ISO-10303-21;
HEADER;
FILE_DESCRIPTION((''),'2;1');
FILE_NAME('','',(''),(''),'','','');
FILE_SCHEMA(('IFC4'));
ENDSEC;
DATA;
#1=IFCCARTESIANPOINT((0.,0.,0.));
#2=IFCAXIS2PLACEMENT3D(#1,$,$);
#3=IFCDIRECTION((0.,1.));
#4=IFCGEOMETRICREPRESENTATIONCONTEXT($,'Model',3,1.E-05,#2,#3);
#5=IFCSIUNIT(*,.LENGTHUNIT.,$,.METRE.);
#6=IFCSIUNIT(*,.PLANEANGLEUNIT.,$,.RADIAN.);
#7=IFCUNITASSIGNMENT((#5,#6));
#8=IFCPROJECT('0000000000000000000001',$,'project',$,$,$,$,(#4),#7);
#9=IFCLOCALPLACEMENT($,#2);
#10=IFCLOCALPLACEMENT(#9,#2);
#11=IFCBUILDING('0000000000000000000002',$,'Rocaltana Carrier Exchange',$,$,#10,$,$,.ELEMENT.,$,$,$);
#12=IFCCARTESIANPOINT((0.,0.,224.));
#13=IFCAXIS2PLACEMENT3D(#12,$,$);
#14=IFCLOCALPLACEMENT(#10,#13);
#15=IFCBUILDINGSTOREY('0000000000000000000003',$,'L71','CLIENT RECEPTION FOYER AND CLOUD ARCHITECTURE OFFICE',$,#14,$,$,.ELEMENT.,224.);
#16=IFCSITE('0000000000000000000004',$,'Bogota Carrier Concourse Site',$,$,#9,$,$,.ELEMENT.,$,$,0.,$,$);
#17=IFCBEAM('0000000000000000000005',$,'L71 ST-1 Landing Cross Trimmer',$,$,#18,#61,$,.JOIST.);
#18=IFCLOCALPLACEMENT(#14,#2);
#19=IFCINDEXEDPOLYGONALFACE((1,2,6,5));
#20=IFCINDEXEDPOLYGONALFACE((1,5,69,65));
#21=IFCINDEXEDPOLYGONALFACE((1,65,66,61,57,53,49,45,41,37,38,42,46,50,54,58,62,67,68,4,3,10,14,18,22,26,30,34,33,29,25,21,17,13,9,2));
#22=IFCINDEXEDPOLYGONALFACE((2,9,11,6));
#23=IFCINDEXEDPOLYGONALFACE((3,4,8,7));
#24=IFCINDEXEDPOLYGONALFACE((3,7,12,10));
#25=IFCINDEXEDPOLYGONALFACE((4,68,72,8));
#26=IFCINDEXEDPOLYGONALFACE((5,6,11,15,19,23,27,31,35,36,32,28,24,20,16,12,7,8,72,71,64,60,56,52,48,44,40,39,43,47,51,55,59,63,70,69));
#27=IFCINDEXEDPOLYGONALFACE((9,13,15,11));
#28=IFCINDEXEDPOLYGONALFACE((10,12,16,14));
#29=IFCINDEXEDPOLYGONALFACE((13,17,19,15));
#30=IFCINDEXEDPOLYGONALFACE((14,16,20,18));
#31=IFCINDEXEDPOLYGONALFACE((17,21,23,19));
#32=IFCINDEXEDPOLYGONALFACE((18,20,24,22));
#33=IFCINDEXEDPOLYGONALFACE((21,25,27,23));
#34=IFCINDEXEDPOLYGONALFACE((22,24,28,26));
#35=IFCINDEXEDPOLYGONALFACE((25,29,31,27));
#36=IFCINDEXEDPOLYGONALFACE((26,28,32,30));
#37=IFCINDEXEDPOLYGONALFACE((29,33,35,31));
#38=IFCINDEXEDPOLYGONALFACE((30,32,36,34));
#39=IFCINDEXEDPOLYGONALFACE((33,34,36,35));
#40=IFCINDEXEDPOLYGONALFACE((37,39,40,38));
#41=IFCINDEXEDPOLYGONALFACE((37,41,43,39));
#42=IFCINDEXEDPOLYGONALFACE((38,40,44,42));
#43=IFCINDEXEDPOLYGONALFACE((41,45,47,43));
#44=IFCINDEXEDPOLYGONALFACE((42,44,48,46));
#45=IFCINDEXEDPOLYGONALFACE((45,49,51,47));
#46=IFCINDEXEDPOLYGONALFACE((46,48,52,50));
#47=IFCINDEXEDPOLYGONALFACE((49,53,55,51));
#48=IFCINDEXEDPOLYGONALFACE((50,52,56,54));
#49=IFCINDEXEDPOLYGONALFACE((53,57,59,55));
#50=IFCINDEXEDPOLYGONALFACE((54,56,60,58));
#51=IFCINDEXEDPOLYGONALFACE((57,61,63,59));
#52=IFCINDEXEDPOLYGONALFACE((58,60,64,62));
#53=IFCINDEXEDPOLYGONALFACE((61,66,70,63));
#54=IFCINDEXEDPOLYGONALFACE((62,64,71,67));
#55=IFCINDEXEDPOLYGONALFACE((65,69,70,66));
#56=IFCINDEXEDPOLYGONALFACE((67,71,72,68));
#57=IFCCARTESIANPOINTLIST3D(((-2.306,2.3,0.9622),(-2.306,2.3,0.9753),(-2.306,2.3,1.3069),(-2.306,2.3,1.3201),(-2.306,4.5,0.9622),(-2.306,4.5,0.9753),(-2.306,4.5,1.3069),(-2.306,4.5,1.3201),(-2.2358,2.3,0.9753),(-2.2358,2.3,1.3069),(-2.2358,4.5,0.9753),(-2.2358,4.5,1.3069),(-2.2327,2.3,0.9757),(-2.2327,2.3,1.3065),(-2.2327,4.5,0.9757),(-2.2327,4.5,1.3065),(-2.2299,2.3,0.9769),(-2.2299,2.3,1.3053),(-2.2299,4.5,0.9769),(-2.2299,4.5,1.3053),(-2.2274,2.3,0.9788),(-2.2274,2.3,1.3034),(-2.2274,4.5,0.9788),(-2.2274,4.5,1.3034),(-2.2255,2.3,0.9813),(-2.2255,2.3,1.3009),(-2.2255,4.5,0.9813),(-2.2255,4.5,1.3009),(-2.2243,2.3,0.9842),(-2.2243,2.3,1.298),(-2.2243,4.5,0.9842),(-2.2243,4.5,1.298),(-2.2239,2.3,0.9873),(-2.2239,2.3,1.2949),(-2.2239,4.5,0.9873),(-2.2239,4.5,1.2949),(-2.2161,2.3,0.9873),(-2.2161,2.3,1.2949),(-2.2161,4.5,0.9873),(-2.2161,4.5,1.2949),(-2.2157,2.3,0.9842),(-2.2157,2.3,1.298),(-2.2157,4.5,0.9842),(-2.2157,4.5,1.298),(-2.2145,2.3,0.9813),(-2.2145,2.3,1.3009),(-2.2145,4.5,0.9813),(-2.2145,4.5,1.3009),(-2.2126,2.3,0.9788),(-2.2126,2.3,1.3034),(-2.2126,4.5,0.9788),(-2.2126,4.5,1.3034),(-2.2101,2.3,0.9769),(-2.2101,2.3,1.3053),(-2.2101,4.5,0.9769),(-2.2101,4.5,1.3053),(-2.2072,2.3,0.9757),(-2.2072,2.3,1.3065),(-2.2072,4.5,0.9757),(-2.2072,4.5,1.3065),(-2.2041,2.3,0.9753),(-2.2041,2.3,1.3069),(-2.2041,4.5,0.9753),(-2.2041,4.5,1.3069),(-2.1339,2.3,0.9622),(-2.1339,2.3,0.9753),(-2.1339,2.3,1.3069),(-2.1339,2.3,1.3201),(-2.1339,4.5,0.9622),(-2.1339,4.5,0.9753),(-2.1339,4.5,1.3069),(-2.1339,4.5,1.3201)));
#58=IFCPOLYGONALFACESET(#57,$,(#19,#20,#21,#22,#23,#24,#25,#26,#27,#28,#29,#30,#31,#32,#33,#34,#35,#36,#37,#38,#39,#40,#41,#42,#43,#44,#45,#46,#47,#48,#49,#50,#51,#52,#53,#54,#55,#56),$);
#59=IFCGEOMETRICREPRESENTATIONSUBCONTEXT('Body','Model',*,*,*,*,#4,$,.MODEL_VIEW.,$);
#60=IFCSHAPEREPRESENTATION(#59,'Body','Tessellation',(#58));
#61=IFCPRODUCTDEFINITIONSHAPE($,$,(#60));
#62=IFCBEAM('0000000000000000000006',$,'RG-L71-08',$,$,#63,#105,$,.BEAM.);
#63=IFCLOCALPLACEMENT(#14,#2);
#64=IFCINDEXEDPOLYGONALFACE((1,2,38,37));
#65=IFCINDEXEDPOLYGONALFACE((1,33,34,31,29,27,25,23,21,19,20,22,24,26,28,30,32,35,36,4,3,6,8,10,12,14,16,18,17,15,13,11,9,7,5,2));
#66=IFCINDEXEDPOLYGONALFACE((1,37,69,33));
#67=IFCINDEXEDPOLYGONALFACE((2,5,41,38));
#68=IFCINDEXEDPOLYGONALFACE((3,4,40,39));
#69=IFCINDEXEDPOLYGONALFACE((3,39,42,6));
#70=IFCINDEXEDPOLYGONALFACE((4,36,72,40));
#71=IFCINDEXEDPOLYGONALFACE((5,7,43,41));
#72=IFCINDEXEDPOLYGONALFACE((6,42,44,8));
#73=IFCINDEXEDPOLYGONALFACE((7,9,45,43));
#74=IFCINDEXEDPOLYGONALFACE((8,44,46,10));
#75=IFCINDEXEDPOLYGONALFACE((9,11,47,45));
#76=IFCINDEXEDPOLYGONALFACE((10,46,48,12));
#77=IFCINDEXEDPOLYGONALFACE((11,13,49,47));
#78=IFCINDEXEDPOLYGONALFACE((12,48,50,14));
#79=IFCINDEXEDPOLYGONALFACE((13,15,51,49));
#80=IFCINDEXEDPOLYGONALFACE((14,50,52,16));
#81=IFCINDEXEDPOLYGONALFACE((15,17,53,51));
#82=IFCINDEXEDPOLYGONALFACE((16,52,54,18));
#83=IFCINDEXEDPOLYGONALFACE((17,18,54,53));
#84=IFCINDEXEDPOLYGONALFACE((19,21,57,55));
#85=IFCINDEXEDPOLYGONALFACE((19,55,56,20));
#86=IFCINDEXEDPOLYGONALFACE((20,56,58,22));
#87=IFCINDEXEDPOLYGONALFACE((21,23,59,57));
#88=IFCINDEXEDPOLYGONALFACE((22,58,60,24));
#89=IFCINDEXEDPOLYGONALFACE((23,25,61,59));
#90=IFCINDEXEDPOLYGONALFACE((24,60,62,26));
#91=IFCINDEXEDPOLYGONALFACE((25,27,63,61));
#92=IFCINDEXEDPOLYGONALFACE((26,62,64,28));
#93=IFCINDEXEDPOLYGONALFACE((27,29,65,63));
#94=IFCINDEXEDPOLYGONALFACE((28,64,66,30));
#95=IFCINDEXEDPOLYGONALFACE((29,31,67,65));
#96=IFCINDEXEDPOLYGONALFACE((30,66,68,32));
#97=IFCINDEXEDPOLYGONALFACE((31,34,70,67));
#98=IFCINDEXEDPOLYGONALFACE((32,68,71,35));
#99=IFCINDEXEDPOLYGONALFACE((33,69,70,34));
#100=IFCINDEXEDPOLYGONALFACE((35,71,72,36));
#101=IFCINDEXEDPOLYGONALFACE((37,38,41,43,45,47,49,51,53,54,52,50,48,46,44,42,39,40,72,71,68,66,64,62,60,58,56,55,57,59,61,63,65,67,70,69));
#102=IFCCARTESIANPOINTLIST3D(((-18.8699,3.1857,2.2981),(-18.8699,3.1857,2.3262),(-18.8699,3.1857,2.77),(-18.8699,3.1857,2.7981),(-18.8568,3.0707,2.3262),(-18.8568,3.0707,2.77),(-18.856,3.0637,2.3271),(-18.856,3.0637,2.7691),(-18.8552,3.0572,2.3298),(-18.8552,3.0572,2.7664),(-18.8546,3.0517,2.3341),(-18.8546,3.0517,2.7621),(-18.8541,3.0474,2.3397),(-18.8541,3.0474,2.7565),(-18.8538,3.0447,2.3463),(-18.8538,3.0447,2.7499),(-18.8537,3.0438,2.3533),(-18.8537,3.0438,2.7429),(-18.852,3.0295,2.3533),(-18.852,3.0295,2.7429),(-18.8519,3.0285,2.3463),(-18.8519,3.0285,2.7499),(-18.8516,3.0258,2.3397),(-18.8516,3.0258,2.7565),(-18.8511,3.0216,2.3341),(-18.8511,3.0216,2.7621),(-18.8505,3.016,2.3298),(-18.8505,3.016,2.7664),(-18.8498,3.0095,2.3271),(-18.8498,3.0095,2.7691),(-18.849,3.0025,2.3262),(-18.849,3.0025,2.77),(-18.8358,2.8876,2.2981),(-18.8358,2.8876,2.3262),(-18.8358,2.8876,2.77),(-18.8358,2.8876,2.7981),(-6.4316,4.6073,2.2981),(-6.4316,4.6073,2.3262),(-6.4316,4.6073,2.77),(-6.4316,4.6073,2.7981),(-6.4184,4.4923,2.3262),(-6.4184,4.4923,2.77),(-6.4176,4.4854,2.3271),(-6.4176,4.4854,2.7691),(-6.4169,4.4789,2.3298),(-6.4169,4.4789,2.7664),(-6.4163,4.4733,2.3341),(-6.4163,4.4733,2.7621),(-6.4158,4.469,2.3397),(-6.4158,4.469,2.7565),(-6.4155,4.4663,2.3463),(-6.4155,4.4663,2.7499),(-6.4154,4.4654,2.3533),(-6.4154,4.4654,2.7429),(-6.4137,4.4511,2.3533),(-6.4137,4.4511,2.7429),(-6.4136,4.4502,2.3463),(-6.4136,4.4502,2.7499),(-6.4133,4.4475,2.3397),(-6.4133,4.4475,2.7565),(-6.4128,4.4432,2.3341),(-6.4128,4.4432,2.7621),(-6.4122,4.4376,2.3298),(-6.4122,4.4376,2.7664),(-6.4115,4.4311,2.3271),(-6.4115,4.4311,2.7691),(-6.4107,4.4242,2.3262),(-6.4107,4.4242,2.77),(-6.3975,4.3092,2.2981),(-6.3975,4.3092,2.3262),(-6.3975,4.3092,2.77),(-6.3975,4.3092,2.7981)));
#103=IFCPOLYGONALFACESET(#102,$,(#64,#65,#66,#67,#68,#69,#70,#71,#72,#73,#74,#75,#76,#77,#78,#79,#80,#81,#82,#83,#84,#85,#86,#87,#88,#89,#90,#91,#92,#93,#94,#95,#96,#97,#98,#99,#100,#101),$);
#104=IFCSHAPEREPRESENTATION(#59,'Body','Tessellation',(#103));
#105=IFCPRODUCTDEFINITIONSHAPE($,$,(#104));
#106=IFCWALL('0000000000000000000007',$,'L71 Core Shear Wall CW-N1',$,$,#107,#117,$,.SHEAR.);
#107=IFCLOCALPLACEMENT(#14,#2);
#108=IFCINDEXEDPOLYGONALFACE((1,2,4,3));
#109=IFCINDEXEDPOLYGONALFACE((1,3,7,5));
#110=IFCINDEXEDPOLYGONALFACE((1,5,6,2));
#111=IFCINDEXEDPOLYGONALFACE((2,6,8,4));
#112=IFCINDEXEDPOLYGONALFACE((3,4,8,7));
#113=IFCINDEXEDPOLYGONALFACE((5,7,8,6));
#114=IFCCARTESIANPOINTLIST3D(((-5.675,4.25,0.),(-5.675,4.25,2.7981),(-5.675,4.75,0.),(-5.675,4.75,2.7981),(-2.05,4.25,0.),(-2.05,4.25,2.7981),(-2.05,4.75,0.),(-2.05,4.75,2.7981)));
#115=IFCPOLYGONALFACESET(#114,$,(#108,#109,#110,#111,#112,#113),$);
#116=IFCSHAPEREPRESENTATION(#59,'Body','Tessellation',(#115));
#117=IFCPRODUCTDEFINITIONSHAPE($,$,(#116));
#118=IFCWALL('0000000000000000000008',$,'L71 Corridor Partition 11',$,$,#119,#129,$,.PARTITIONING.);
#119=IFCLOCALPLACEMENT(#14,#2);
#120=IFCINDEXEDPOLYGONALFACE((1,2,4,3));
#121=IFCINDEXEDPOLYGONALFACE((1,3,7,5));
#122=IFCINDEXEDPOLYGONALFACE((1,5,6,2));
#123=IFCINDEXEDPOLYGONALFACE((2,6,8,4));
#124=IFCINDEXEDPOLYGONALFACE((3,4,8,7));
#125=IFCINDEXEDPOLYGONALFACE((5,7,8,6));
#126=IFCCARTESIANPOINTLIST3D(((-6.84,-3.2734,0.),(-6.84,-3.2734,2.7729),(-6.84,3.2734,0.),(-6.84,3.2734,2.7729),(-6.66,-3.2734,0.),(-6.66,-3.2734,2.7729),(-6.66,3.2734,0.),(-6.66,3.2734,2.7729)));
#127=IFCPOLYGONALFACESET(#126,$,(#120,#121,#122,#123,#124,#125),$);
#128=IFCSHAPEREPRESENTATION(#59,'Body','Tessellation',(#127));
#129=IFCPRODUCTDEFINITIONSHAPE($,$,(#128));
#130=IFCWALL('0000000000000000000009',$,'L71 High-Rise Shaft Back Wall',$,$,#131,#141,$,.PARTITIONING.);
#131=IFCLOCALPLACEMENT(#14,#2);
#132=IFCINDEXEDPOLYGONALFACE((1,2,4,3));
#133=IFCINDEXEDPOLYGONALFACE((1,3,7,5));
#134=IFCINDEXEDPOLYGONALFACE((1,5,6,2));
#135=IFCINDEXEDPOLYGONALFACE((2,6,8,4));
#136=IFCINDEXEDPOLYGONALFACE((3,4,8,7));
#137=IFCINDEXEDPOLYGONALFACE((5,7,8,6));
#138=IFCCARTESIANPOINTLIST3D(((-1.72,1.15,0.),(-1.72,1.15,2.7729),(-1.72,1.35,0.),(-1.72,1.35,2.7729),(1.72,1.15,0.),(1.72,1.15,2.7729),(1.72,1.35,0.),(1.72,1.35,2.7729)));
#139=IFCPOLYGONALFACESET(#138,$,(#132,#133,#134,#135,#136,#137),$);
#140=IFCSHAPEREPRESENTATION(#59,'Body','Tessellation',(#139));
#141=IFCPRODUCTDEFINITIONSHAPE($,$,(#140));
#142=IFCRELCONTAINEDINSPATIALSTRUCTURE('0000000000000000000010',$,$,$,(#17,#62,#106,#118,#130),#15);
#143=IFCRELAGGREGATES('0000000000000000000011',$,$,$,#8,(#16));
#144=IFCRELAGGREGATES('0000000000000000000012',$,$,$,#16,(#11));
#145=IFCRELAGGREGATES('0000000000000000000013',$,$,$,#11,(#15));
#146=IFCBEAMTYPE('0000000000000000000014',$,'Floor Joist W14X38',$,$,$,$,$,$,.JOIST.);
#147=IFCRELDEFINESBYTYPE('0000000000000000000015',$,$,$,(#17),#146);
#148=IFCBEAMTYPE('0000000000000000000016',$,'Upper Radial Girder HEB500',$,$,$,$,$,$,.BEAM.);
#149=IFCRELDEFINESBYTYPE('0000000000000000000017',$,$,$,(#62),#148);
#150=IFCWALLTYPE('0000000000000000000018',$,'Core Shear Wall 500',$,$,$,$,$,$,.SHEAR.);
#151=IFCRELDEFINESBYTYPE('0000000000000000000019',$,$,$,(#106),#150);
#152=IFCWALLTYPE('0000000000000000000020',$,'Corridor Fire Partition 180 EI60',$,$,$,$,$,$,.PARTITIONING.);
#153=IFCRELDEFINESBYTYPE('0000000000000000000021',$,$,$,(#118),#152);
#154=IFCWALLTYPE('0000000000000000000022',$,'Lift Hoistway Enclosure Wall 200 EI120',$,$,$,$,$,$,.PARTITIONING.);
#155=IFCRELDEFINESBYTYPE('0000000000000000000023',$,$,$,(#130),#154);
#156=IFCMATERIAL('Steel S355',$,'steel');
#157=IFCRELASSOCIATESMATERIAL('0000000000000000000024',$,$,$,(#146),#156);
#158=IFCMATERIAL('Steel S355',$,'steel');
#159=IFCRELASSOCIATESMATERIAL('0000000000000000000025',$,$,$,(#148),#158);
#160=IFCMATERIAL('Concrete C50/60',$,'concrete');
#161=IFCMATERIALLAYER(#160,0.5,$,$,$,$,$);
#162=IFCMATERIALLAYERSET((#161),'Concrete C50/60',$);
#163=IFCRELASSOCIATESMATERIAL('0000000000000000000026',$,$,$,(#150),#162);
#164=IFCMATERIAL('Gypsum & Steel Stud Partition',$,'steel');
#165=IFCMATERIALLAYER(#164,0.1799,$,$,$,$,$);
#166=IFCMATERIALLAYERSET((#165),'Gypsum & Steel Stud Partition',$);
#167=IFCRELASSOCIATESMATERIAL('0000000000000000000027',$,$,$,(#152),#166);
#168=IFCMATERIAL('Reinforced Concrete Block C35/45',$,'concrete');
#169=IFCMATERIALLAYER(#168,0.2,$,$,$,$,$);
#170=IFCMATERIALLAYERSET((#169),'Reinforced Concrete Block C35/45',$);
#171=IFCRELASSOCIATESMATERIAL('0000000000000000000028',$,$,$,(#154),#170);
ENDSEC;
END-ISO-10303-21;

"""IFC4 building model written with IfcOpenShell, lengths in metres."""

from ifc_helpers import new_model, si_unit, direction, frame, frame_2d, origin, origin_2d, place, context, subcontext, project, spatial, rectangle, i_section, extrude, material, layer, layer_set, material_profile, profile_set, type_object, element, save


model = new_model("IFC4")

# Units and contexts
model_context = context("Model", 3, precision=1e-05, world=origin(), true_north=direction((0.0, 1.0)))
body_context = subcontext(model_context, "Body", "Model", "MODEL_VIEW")
ifc_project = project(units=[si_unit("LENGTHUNIT", "METRE"), si_unit("PLANEANGLEUNIT", "RADIAN")], contexts=[model_context])

# Site, building, storey
site_placement = place(None, origin())
site = spatial("IfcSite", under=ifc_project, at=site_placement, Name="Bogota Carrier Concourse Site", CompositionType="ELEMENT", RefElevation=0.0)
building_placement = place(site_placement, origin())
building = spatial("IfcBuilding", under=site, at=building_placement, Name="Rocaltana Carrier Exchange", CompositionType="ELEMENT")
storey_placement = place(building_placement, frame((0.0, 0.0, 224.0)))
storey = spatial("IfcBuildingStorey", under=building, at=storey_placement, Name="L71", Description="CLIENT RECEPTION FOYER AND CLOUD ARCHITECTURE OFFICE", CompositionType="ELEMENT", Elevation=224.0)

# Beams
ifc_material_1 = material(Name="Steel S355", Category="steel")
ifc_material_profile_1 = material_profile(ifc_material_1, i_section(OverallWidth=0.1721, OverallDepth=0.3579, WebThickness=0.0078, FlangeThickness=0.0132, FilletRadius=0.012, at=origin_2d()), Name="W14X38")
ifc_profile_set_1 = profile_set([ifc_material_profile_1], Name="Steel S355")
beam_type_1 = type_object("IfcBeamType", Name="Floor Joist W14X38", PredefinedType="JOIST", material=ifc_profile_set_1)
beam_1_placement = place(storey_placement, frame((-2.22, 2.3, 1.1411), z_axis=(0.0, 1.0, 0.0), x_axis=(-1.0, 0.0, 0.0)))
element("IfcBeam", 1, at=beam_1_placement, inside=storey, type_object=beam_type_1, Name="L71 ST-1 Landing Cross Trimmer", PredefinedType="JOIST", context=body_context, shape_type="SweptSolid", body=[
    extrude(i_section(OverallWidth=0.1721, OverallDepth=0.3579, WebThickness=0.0078, FlangeThickness=0.0132, FilletRadius=0.012, at=origin_2d()), origin(), (0.0, 0.0, 1.0), 2.2),
])
ifc_material_2 = material(Name="Steel S355", Category="steel")
ifc_material_profile_2 = material_profile(ifc_material_2, i_section(OverallWidth=0.3, OverallDepth=0.5, WebThickness=0.0144, FlangeThickness=0.0281, FilletRadius=0.0271, at=origin_2d()), Name="HEB500")
ifc_profile_set_2 = profile_set([ifc_material_profile_2], Name="Steel S355")
beam_type_2 = type_object("IfcBeamType", Name="Upper Radial Girder HEB500", PredefinedType="BEAM", material=ifc_profile_set_2)
beam_2_placement = place(storey_placement, frame((-6.4146, 4.4583, 2.5481), z_axis=(-0.993532, -0.113556, 0.0), x_axis=(0.113556, -0.993532, 0.0)))
element("IfcBeam", 2, at=beam_2_placement, inside=storey, type_object=beam_type_2, Name="RG-L71-08", PredefinedType="BEAM", context=body_context, shape_type="SweptSolid", body=[
    extrude(i_section(OverallWidth=0.3, OverallDepth=0.5, WebThickness=0.0144, FlangeThickness=0.0281, FilletRadius=0.0271, at=origin_2d()), origin(), (0.0, 0.0, 1.0), 12.5193),
])

# Walls
ifc_material_3 = material(Name="Concrete C50/60", Category="concrete")
ifc_layer_1 = layer(ifc_material_3, 0.5)
ifc_layer_set_1 = layer_set([ifc_layer_1], Name="Concrete C50/60")
wall_type_1 = type_object("IfcWallType", Name="Core Shear Wall 500", PredefinedType="SHEAR", material=ifc_layer_set_1)
wall_1_placement = place(storey_placement, frame((-5.675, 4.5, 0.0), z_axis=(0.0, 0.0, 1.0), x_axis=(1.0, 0.0, 0.0)))
element("IfcWall", 3, at=wall_1_placement, inside=storey, type_object=wall_type_1, Name="L71 Core Shear Wall CW-N1", PredefinedType="SHEAR", context=body_context, shape_type="SweptSolid", body=[
    extrude(rectangle(XDim=3.625, YDim=0.5, at=frame_2d((1.8125, 0.0))), origin(), (0.0, 0.0, 1.0), 2.7981),
])
ifc_material_4 = material(Name="Gypsum & Steel Stud Partition", Category="steel")
ifc_layer_2 = layer(ifc_material_4, 0.1799)
ifc_layer_set_2 = layer_set([ifc_layer_2], Name="Gypsum & Steel Stud Partition")
wall_type_2 = type_object("IfcWallType", Name="Corridor Fire Partition 180 EI60", PredefinedType="PARTITIONING", material=ifc_layer_set_2)
wall_2_placement = place(storey_placement, frame((-6.75, 3.2734, 0.0), z_axis=(0.0, 0.0, 1.0), x_axis=(0.0, -1.0, 0.0)))
element("IfcWall", 4, at=wall_2_placement, inside=storey, type_object=wall_type_2, Name="L71 Corridor Partition 11", PredefinedType="PARTITIONING", context=body_context, shape_type="SweptSolid", body=[
    extrude(rectangle(XDim=6.5469, YDim=0.1799, at=frame_2d((3.2734, 0.0))), origin(), (0.0, 0.0, 1.0), 2.7729),
])
ifc_material_5 = material(Name="Reinforced Concrete Block C35/45", Category="concrete")
ifc_layer_3 = layer(ifc_material_5, 0.2)
ifc_layer_set_3 = layer_set([ifc_layer_3], Name="Reinforced Concrete Block C35/45")
wall_type_3 = type_object("IfcWallType", Name="Lift Hoistway Enclosure Wall 200 EI120", PredefinedType="PARTITIONING", material=ifc_layer_set_3)
wall_3_placement = place(storey_placement, frame((-1.72, 1.25, 0.0), z_axis=(0.0, 0.0, 1.0), x_axis=(1.0, 0.0, 0.0)))
element("IfcWall", 5, at=wall_3_placement, inside=storey, type_object=wall_type_3, Name="L71 High-Rise Shaft Back Wall", PredefinedType="PARTITIONING", context=body_context, shape_type="SweptSolid", body=[
    extrude(rectangle(XDim=3.4399, YDim=0.2, at=frame_2d((1.72, 0.0))), origin(), (0.0, 0.0, 1.0), 2.7729),
])

save(model, "model.ifc")
